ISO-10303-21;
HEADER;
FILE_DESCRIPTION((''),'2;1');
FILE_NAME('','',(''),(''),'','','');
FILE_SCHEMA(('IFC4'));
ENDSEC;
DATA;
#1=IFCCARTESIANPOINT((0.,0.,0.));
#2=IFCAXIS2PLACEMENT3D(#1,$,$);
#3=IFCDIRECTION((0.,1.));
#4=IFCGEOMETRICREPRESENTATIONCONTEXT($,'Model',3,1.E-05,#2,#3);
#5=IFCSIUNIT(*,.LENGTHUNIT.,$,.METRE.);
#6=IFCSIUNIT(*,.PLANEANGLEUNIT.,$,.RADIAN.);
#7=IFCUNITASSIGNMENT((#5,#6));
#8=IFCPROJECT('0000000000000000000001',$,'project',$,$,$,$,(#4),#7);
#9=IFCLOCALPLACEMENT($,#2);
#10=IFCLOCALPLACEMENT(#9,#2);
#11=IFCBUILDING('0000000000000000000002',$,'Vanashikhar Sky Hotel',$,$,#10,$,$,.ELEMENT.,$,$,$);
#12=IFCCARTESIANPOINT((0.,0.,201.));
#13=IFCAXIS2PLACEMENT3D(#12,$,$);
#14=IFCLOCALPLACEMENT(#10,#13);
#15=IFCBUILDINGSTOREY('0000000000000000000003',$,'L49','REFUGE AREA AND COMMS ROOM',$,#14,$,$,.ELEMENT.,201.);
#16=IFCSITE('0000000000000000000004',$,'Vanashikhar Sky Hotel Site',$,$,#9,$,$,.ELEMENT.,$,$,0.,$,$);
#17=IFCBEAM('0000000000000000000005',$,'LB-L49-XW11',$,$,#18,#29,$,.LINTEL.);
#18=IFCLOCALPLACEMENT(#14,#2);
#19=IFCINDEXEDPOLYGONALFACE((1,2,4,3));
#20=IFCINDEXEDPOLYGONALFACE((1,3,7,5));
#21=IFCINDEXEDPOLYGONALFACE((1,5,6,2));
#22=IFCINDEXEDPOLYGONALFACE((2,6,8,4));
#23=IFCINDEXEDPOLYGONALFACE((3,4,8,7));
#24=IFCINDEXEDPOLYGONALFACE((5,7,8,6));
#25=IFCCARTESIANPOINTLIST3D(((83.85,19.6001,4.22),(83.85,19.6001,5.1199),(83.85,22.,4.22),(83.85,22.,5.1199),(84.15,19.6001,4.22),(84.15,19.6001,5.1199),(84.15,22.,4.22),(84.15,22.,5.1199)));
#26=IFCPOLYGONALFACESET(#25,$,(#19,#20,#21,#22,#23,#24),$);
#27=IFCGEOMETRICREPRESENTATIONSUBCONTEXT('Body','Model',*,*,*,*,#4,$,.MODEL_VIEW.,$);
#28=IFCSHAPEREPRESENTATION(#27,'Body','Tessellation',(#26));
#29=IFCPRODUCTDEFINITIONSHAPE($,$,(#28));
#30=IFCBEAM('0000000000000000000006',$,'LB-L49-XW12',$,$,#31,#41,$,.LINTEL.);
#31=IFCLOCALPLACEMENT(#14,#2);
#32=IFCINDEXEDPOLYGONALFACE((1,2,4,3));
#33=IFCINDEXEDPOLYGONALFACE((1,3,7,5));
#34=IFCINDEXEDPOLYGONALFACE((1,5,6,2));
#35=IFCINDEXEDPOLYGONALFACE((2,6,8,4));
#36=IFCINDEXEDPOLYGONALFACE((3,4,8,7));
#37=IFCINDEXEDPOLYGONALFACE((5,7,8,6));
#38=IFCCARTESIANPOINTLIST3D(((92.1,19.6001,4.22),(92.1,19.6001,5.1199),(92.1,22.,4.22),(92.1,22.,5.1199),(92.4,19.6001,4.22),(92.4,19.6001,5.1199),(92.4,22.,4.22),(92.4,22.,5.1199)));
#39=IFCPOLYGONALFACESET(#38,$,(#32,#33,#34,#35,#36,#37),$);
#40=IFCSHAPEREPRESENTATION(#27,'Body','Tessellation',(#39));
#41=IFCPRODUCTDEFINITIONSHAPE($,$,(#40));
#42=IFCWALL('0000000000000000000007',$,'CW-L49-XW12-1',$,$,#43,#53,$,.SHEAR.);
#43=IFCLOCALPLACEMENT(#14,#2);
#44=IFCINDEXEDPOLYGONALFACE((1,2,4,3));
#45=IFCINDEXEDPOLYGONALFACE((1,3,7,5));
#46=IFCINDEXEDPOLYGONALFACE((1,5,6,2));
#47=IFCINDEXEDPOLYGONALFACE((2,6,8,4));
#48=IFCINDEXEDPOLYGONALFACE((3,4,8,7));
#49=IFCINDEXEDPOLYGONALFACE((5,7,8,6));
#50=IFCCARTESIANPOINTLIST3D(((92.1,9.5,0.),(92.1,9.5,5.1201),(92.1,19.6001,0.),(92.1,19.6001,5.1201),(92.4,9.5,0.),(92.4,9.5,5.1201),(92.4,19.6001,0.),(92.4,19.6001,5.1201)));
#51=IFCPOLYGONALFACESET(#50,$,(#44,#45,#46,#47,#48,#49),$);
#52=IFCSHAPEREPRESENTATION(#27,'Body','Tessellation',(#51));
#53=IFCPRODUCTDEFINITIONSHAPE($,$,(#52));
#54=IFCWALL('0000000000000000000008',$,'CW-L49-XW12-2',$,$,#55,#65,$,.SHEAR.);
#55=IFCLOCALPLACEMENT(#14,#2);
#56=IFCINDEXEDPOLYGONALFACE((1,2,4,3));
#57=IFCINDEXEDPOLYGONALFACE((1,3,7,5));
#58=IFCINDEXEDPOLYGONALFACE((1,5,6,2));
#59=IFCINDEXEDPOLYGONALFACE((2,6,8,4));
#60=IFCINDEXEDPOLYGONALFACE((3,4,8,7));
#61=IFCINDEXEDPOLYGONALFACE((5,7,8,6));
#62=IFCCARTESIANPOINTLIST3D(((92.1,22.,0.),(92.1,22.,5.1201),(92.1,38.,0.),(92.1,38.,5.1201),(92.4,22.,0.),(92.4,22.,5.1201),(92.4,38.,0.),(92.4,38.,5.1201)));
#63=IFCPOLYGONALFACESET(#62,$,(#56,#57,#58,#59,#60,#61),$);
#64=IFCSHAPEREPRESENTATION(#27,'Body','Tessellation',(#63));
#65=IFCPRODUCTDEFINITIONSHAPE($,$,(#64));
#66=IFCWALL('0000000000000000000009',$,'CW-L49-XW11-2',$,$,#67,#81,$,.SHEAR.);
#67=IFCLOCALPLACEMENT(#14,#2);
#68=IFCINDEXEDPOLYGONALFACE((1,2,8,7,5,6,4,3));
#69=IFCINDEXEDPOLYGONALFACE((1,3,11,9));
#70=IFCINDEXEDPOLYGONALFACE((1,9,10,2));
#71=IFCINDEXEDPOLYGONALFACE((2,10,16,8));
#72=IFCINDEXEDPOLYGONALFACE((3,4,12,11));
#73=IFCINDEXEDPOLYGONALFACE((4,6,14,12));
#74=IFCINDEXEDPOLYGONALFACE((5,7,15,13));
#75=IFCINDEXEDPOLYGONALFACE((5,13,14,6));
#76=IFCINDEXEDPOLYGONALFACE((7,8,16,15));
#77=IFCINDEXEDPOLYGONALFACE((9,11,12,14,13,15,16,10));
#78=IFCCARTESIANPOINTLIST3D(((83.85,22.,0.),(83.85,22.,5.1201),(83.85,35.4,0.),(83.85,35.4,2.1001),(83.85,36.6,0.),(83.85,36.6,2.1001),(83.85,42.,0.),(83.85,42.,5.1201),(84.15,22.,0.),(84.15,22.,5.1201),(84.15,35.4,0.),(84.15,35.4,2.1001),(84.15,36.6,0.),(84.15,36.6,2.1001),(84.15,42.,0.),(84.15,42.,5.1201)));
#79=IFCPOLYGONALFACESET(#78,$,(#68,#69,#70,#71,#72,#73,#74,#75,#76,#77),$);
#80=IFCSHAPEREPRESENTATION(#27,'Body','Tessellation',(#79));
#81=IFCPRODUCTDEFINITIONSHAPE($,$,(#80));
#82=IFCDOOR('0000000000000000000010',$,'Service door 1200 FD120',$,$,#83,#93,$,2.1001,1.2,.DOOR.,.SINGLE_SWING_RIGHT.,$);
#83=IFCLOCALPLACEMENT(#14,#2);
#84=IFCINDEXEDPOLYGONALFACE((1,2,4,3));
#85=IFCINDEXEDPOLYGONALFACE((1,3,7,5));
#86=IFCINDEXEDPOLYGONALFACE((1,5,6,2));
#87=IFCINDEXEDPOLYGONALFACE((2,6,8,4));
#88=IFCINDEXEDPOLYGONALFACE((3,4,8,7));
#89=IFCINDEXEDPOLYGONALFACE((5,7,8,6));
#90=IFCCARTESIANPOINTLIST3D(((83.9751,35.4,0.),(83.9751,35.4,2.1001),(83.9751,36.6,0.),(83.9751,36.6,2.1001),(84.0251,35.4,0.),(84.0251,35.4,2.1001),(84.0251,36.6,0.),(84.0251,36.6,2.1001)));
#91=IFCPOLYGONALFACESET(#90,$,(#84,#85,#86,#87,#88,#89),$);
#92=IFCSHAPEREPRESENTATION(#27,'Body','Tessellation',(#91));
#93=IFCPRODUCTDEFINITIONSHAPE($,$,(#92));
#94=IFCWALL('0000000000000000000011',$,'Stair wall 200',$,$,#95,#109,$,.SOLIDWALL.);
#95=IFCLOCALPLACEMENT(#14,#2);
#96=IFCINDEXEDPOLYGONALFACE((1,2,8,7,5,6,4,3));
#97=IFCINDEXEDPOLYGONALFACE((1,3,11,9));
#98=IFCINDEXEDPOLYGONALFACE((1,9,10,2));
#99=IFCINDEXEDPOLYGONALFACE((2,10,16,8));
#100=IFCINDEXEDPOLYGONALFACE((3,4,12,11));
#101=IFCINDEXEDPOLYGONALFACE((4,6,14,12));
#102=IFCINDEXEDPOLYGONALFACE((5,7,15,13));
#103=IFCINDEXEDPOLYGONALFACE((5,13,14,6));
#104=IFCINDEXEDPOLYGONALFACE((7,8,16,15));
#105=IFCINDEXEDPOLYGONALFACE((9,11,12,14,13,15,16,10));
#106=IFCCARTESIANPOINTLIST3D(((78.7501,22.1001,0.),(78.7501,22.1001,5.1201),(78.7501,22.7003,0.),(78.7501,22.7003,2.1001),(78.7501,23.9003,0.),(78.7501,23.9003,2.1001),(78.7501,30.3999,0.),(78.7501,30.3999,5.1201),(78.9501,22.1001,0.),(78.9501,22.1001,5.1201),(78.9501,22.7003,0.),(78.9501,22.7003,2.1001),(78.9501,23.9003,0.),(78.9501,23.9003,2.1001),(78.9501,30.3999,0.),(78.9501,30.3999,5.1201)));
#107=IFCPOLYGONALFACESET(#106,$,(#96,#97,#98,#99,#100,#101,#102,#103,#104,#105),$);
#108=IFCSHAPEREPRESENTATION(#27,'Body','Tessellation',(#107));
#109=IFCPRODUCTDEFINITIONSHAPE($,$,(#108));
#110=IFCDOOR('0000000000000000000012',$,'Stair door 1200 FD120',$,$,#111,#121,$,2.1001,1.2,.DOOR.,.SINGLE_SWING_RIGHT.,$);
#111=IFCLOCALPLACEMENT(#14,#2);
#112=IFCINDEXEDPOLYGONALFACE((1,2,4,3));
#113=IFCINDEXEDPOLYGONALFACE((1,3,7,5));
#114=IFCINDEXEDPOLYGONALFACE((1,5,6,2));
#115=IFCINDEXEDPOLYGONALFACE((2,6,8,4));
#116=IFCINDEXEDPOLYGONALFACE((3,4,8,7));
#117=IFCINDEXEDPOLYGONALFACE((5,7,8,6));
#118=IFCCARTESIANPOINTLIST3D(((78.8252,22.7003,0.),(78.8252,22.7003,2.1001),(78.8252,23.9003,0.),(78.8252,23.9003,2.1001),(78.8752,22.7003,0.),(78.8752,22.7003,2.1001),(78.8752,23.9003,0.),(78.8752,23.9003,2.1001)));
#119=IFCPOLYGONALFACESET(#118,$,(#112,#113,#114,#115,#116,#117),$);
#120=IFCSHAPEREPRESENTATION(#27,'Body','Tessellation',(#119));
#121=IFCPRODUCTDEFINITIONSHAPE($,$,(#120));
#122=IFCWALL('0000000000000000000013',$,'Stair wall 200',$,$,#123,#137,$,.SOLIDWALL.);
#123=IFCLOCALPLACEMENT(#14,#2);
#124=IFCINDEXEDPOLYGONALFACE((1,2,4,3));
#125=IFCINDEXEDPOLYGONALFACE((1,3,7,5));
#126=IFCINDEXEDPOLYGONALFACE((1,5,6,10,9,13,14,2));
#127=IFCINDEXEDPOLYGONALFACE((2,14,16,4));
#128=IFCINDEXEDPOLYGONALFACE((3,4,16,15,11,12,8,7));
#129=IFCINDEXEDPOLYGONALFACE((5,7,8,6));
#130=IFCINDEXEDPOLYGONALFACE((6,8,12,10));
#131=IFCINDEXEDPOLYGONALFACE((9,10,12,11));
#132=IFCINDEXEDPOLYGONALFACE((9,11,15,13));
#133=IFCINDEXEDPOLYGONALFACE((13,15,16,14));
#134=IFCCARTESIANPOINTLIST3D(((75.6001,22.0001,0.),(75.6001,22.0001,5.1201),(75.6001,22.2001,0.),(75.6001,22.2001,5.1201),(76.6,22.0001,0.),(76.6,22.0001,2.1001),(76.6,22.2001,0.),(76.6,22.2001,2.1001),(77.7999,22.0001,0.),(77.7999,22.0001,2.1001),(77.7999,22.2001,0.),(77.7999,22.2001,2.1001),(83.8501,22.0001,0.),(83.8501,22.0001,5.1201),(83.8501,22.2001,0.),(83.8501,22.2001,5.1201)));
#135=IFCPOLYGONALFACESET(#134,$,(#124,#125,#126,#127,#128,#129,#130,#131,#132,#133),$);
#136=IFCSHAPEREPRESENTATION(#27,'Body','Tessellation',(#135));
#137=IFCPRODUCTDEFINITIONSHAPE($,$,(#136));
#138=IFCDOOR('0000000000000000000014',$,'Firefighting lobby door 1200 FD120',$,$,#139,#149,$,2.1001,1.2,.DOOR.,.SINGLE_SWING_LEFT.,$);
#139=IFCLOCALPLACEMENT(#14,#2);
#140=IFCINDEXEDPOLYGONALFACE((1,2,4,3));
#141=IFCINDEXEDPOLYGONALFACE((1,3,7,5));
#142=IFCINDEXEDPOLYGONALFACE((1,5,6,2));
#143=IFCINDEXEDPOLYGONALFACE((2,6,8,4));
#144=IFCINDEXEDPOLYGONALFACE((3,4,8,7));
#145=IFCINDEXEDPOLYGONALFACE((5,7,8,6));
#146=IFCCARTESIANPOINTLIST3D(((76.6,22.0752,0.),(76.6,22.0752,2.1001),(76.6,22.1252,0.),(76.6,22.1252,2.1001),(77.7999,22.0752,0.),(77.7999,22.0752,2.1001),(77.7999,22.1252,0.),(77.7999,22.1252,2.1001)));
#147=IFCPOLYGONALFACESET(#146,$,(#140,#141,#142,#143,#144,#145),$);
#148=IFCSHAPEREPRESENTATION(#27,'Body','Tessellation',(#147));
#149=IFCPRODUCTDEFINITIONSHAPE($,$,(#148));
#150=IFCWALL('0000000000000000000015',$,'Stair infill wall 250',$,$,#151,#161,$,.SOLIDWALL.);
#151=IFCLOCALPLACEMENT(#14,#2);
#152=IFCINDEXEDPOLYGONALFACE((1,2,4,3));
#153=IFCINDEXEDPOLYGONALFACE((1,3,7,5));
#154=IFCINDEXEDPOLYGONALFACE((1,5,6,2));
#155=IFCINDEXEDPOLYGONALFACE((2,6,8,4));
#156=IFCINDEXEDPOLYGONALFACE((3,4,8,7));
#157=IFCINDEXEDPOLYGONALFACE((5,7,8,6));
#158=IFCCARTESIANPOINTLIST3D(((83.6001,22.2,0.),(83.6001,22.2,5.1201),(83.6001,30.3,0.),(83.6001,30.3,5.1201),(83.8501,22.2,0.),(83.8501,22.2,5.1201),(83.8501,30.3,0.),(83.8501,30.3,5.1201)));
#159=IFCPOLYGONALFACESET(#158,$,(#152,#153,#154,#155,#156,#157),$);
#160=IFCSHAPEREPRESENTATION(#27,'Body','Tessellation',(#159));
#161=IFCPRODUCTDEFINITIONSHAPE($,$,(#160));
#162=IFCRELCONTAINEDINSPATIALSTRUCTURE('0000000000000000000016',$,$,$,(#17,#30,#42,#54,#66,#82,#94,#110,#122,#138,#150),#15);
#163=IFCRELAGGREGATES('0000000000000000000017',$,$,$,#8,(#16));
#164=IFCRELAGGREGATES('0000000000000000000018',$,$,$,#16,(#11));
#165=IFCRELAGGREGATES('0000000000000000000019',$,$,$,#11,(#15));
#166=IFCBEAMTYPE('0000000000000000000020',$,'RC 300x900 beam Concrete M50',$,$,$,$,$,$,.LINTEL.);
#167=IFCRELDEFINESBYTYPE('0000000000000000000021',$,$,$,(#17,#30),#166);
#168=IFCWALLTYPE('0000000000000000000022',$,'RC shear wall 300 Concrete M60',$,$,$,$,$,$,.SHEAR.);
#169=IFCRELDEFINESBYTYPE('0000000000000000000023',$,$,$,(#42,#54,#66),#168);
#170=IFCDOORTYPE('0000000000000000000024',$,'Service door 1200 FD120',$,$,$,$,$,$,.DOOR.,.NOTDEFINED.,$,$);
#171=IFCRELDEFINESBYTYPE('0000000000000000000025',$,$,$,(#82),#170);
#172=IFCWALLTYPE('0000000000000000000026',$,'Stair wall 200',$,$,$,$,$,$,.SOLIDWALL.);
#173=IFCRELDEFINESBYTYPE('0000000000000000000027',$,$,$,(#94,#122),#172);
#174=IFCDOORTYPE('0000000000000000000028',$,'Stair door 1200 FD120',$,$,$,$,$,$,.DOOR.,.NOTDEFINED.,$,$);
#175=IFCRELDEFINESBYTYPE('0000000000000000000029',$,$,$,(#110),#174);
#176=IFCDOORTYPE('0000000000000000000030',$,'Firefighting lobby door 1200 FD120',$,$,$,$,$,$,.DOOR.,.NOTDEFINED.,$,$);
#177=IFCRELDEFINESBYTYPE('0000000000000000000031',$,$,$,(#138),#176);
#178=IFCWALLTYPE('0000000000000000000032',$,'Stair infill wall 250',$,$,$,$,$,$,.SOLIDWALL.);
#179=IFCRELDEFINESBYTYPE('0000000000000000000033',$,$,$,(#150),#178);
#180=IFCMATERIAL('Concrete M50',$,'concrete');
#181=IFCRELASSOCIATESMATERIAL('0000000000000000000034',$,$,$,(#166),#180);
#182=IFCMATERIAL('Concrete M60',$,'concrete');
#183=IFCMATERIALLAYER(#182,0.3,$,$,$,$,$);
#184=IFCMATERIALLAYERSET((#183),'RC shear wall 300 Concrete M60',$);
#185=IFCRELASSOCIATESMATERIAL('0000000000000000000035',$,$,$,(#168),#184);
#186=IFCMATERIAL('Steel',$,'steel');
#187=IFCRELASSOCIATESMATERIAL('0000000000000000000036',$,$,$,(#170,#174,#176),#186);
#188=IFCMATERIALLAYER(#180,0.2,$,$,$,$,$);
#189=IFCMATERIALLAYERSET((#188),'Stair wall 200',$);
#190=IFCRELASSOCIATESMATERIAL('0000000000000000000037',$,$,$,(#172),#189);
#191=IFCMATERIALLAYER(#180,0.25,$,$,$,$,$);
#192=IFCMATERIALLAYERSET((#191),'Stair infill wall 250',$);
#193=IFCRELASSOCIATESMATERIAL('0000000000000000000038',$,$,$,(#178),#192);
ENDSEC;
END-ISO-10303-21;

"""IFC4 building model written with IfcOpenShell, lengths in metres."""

from ifc_helpers import new_model, si_unit, direction, frame, frame_2d, origin, origin_2d, place, context, subcontext, project, spatial, rectangle, extrude, source, transform, mapped, material, layer, layer_set, material_profile, profile_set, type_object, element, fill, save


model = new_model("IFC4")

# Units and contexts
model_context = context("Model", 3, precision=1e-05, world=origin(), true_north=direction((0.0, 1.0)))
body_context = subcontext(model_context, "Body", "Model", "MODEL_VIEW")
ifc_project = project(units=[si_unit("LENGTHUNIT", "METRE"), si_unit("PLANEANGLEUNIT", "RADIAN")], contexts=[model_context])

# Site, building, storey
site_placement = place(None, origin())
site = spatial("IfcSite", under=ifc_project, at=site_placement, Name="Vanashikhar Sky Hotel Site", CompositionType="ELEMENT", RefElevation=0.0)
building_placement = place(site_placement, origin())
building = spatial("IfcBuilding", under=site, at=building_placement, Name="Vanashikhar Sky Hotel", CompositionType="ELEMENT")
storey_placement = place(building_placement, frame((0.0, 0.0, 201.0)))
storey = spatial("IfcBuildingStorey", under=building, at=storey_placement, Name="L49", Description="REFUGE AREA AND COMMS ROOM", CompositionType="ELEMENT", Elevation=201.0)

# Beams
ifc_material_1 = material(Name="Concrete M50", Category="concrete")
ifc_material_profile = material_profile(ifc_material_1, rectangle(XDim=0.3, YDim=0.8999, at=origin_2d()))
ifc_profile_set = profile_set([ifc_material_profile], Name="RC 300x900 beam Concrete M50")
beam_type = type_object("IfcBeamType", Name="RC 300x900 beam Concrete M50", PredefinedType="LINTEL", material=ifc_profile_set)
shared_shape_1 = source(origin(), body_context, "Body", "SweptSolid", [
    extrude(rectangle(XDim=0.3, YDim=0.8999, at=origin_2d()), origin(), (0.0, 0.0, 1.0), 2.3999),
])
for number, where, z_axis, x_axis, name in (
    (1, (84.0, 19.6001, 4.6699), (0.0, 1.0, 0.0), (-1.0, 0.0, 0.0), "LB-L49-XW11"),
    (2, (92.25, 19.6001, 4.6699), (0.0, 1.0, 0.0), (-1.0, 0.0, 0.0), "LB-L49-XW12"),
):
    element("IfcBeam", number, at=place(storey_placement, frame(where, z_axis=z_axis, x_axis=x_axis)), inside=storey, type_object=beam_type, Name=name, PredefinedType="LINTEL", context=body_context, shape_type="MappedRepresentation", body=[
        mapped(shared_shape_1, transform((0.0, 0.0, 0.0), scale=1.0)),
    ])

# Walls
ifc_material_2 = material(Name="Concrete M60", Category="concrete")
ifc_layer_1 = layer(ifc_material_2, 0.3)
ifc_layer_set_1 = layer_set([ifc_layer_1], Name="RC shear wall 300 Concrete M60")
wall_type_1 = type_object("IfcWallType", Name="RC shear wall 300 Concrete M60", PredefinedType="SHEAR", material=ifc_layer_set_1)
shared_shape_2 = source(origin(), body_context, "Body", "SweptSolid", [
    extrude(rectangle(XDim=10.1001, YDim=0.3, at=frame_2d((5.05, 0.0))), origin(), (0.0, 0.0, 1.0), 5.1201),
])
wall_1_placement = place(storey_placement, frame((92.25, 9.5, 0.0), z_axis=(0.0, 0.0, 1.0), x_axis=(0.0, 1.0, 0.0)))
element("IfcWall", 3, at=wall_1_placement, inside=storey, type_object=wall_type_1, Name="CW-L49-XW12-1", PredefinedType="SHEAR", context=body_context, shape_type="MappedRepresentation", body=[
    mapped(shared_shape_2, transform((0.0, 0.0, 0.0), scale=1.0)),
])
shared_shape_3 = source(origin(), body_context, "Body", "SweptSolid", [
    extrude(rectangle(XDim=16.0, YDim=0.3, at=frame_2d((8.0, 0.0))), origin(), (0.0, 0.0, 1.0), 5.1201),
])
wall_2_placement = place(storey_placement, frame((92.25, 22.0, 0.0), z_axis=(0.0, 0.0, 1.0), x_axis=(0.0, 1.0, 0.0)))
element("IfcWall", 4, at=wall_2_placement, inside=storey, type_object=wall_type_1, Name="CW-L49-XW12-2", PredefinedType="SHEAR", context=body_context, shape_type="MappedRepresentation", body=[
    mapped(shared_shape_3, transform((0.0, 0.0, 0.0), scale=1.0)),
])

# Walls, openings, doors
shared_shape_4 = source(origin(), body_context, "Body", "SweptSolid", [
    extrude(rectangle(XDim=20.0, YDim=0.3, at=frame_2d((10.0, 0.0))), origin(), (0.0, 0.0, 1.0), 5.1201),
])
wall_3_placement = place(storey_placement, frame((84.0, 22.0, 0.0), z_axis=(0.0, 0.0, 1.0), x_axis=(0.0, 1.0, 0.0)))
wall_3 = element("IfcWall", 5, at=wall_3_placement, inside=storey, type_object=wall_type_1, Name="CW-L49-XW11-2", PredefinedType="SHEAR", context=body_context, shape_type="MappedRepresentation", body=[
    mapped(shared_shape_4, transform((0.0, 0.0, 0.0), scale=1.0)),
])
shared_shape_5 = source(origin(), body_context, "Body", "SweptSolid", [
    extrude(rectangle(XDim=1.2, YDim=2.1001, at=frame_2d((0.6001, 1.05))), frame((0.0, 0.1602, 0.0), z_axis=(0.0, -1.0, 0.0), x_axis=(1.0, 0.0, 0.0)), (0.0, 0.0, 1.0), 0.3201),
])
opening_1_placement = place(wall_3_placement, frame((13.3999, 0.0, 0.0)))
opening_1 = element("IfcOpeningElement", 6, at=opening_1_placement, cuts=wall_3, PredefinedType="OPENING", context=body_context, shape_type="MappedRepresentation", body=[
    mapped(shared_shape_5, transform((0.0, 0.0, 0.0), scale=1.0)),
])
ifc_material_3 = material(Name="Steel", Category="steel")
door_type_1 = type_object("IfcDoorType", Name="Service door 1200 FD120", OperationType="NOTDEFINED", PredefinedType="DOOR", material=ifc_material_3)
shared_shape_6 = source(origin(), body_context, "Body", "SweptSolid", [
    extrude(rectangle(XDim=1.2, YDim=2.1001, at=frame_2d((0.6001, 1.05))), frame((0.0, 0.0249, 0.0), z_axis=(0.0, -1.0, 0.0), x_axis=(1.0, 0.0, 0.0)), (0.0, 0.0, 1.0), 0.05),
])
door_1_placement = place(opening_1_placement, origin())
door_1 = element("IfcDoor", 7, at=door_1_placement, inside=storey, type_object=door_type_1, Name="Service door 1200 FD120", OperationType="SINGLE_SWING_RIGHT", OverallHeight=2.1001, OverallWidth=1.2, PredefinedType="DOOR", context=body_context, shape_type="MappedRepresentation", body=[
    mapped(shared_shape_6, transform((0.0, 0.0, 0.0), scale=1.0)),
])
fill(opening_1, door_1)
ifc_layer_2 = layer(ifc_material_1, 0.2)
ifc_layer_set_2 = layer_set([ifc_layer_2], Name="Stair wall 200")
wall_type_2 = type_object("IfcWallType", Name="Stair wall 200", PredefinedType="SOLIDWALL", material=ifc_layer_set_2)
shared_shape_7 = source(origin(), body_context, "Body", "SweptSolid", [
    extrude(rectangle(XDim=8.2998, YDim=0.2, at=frame_2d((4.1499, 0.0))), origin(), (0.0, 0.0, 1.0), 5.1201),
])
wall_4_placement = place(storey_placement, frame((78.8501, 22.1001, 0.0), z_axis=(0.0, 0.0, 1.0), x_axis=(0.0, 1.0, 0.0)))
wall_4 = element("IfcWall", 8, at=wall_4_placement, inside=storey, type_object=wall_type_2, Name="Stair wall 200", PredefinedType="SOLIDWALL", context=body_context, shape_type="MappedRepresentation", body=[
    mapped(shared_shape_7, transform((0.0, 0.0, 0.0), scale=1.0)),
])
shared_shape_8 = source(origin(), body_context, "Body", "SweptSolid", [
    extrude(rectangle(XDim=1.2, YDim=2.1001, at=frame_2d((0.6001, 1.05))), frame((0.0, 0.1099, 0.0), z_axis=(0.0, -1.0, 0.0), x_axis=(1.0, 0.0, 0.0)), (0.0, 0.0, 1.0), 0.22),
])
opening_2_placement = place(wall_4_placement, frame((0.6001, 0.0, 0.0)))
opening_2 = element("IfcOpeningElement", 9, at=opening_2_placement, cuts=wall_4, PredefinedType="OPENING", context=body_context, shape_type="MappedRepresentation", body=[
    mapped(shared_shape_8, transform((0.0, 0.0, 0.0), scale=1.0)),
])
door_type_2 = type_object("IfcDoorType", Name="Stair door 1200 FD120", OperationType="NOTDEFINED", PredefinedType="DOOR", material=ifc_material_3)
door_2_placement = place(opening_2_placement, origin())
door_2 = element("IfcDoor", 10, at=door_2_placement, inside=storey, type_object=door_type_2, Name="Stair door 1200 FD120", OperationType="SINGLE_SWING_RIGHT", OverallHeight=2.1001, OverallWidth=1.2, PredefinedType="DOOR", context=body_context, shape_type="MappedRepresentation", body=[
    mapped(shared_shape_6, transform((0.0, 0.0, 0.0), scale=1.0)),
])
fill(opening_2, door_2)
shared_shape_9 = source(origin(), body_context, "Body", "SweptSolid", [
    extrude(rectangle(XDim=8.25, YDim=0.2, at=frame_2d((4.125, 0.0))), origin(), (0.0, 0.0, 1.0), 5.1201),
])
wall_5_placement = place(storey_placement, frame((83.8501, 22.1001, 0.0), z_axis=(0.0, 0.0, 1.0), x_axis=(-1.0, 0.0, 0.0)))
wall_5 = element("IfcWall", 11, at=wall_5_placement, inside=storey, type_object=wall_type_2, Name="Stair wall 200", PredefinedType="SOLIDWALL", context=body_context, shape_type="MappedRepresentation", body=[
    mapped(shared_shape_9, transform((0.0, 0.0, 0.0), scale=1.0)),
])
opening_3_placement = place(wall_5_placement, frame((6.05, 0.0, 0.0)))
opening_3 = element("IfcOpeningElement", 12, at=opening_3_placement, cuts=wall_5, PredefinedType="OPENING", context=body_context, shape_type="MappedRepresentation", body=[
    mapped(shared_shape_8, transform((0.0, 0.0, 0.0), scale=1.0)),
])
door_type_3 = type_object("IfcDoorType", Name="Firefighting lobby door 1200 FD120", OperationType="NOTDEFINED", PredefinedType="DOOR", material=ifc_material_3)
door_3_placement = place(opening_3_placement, origin())
door_3 = element("IfcDoor", 13, at=door_3_placement, inside=storey, type_object=door_type_3, Name="Firefighting lobby door 1200 FD120", OperationType="SINGLE_SWING_LEFT", OverallHeight=2.1001, OverallWidth=1.2, PredefinedType="DOOR", context=body_context, shape_type="MappedRepresentation", body=[
    mapped(shared_shape_6, transform((0.0, 0.0, 0.0), scale=1.0)),
])
fill(opening_3, door_3)

# Wall
ifc_layer_3 = layer(ifc_material_1, 0.25)
ifc_layer_set_3 = layer_set([ifc_layer_3], Name="Stair infill wall 250")
wall_type_3 = type_object("IfcWallType", Name="Stair infill wall 250", PredefinedType="SOLIDWALL", material=ifc_layer_set_3)
shared_shape_10 = source(origin(), body_context, "Body", "SweptSolid", [
    extrude(rectangle(XDim=8.1001, YDim=0.25, at=frame_2d((4.05, 0.0))), origin(), (0.0, 0.0, 1.0), 5.1201),
])
wall_6_placement = place(storey_placement, frame((83.7251, 22.2, 0.0), z_axis=(0.0, 0.0, 1.0), x_axis=(0.0, 1.0, 0.0)))
element("IfcWall", 14, at=wall_6_placement, inside=storey, type_object=wall_type_3, Name="Stair infill wall 250", PredefinedType="SOLIDWALL", context=body_context, shape_type="MappedRepresentation", body=[
    mapped(shared_shape_10, transform((0.0, 0.0, 0.0), scale=1.0)),
])

save(model, "model.ifc")
